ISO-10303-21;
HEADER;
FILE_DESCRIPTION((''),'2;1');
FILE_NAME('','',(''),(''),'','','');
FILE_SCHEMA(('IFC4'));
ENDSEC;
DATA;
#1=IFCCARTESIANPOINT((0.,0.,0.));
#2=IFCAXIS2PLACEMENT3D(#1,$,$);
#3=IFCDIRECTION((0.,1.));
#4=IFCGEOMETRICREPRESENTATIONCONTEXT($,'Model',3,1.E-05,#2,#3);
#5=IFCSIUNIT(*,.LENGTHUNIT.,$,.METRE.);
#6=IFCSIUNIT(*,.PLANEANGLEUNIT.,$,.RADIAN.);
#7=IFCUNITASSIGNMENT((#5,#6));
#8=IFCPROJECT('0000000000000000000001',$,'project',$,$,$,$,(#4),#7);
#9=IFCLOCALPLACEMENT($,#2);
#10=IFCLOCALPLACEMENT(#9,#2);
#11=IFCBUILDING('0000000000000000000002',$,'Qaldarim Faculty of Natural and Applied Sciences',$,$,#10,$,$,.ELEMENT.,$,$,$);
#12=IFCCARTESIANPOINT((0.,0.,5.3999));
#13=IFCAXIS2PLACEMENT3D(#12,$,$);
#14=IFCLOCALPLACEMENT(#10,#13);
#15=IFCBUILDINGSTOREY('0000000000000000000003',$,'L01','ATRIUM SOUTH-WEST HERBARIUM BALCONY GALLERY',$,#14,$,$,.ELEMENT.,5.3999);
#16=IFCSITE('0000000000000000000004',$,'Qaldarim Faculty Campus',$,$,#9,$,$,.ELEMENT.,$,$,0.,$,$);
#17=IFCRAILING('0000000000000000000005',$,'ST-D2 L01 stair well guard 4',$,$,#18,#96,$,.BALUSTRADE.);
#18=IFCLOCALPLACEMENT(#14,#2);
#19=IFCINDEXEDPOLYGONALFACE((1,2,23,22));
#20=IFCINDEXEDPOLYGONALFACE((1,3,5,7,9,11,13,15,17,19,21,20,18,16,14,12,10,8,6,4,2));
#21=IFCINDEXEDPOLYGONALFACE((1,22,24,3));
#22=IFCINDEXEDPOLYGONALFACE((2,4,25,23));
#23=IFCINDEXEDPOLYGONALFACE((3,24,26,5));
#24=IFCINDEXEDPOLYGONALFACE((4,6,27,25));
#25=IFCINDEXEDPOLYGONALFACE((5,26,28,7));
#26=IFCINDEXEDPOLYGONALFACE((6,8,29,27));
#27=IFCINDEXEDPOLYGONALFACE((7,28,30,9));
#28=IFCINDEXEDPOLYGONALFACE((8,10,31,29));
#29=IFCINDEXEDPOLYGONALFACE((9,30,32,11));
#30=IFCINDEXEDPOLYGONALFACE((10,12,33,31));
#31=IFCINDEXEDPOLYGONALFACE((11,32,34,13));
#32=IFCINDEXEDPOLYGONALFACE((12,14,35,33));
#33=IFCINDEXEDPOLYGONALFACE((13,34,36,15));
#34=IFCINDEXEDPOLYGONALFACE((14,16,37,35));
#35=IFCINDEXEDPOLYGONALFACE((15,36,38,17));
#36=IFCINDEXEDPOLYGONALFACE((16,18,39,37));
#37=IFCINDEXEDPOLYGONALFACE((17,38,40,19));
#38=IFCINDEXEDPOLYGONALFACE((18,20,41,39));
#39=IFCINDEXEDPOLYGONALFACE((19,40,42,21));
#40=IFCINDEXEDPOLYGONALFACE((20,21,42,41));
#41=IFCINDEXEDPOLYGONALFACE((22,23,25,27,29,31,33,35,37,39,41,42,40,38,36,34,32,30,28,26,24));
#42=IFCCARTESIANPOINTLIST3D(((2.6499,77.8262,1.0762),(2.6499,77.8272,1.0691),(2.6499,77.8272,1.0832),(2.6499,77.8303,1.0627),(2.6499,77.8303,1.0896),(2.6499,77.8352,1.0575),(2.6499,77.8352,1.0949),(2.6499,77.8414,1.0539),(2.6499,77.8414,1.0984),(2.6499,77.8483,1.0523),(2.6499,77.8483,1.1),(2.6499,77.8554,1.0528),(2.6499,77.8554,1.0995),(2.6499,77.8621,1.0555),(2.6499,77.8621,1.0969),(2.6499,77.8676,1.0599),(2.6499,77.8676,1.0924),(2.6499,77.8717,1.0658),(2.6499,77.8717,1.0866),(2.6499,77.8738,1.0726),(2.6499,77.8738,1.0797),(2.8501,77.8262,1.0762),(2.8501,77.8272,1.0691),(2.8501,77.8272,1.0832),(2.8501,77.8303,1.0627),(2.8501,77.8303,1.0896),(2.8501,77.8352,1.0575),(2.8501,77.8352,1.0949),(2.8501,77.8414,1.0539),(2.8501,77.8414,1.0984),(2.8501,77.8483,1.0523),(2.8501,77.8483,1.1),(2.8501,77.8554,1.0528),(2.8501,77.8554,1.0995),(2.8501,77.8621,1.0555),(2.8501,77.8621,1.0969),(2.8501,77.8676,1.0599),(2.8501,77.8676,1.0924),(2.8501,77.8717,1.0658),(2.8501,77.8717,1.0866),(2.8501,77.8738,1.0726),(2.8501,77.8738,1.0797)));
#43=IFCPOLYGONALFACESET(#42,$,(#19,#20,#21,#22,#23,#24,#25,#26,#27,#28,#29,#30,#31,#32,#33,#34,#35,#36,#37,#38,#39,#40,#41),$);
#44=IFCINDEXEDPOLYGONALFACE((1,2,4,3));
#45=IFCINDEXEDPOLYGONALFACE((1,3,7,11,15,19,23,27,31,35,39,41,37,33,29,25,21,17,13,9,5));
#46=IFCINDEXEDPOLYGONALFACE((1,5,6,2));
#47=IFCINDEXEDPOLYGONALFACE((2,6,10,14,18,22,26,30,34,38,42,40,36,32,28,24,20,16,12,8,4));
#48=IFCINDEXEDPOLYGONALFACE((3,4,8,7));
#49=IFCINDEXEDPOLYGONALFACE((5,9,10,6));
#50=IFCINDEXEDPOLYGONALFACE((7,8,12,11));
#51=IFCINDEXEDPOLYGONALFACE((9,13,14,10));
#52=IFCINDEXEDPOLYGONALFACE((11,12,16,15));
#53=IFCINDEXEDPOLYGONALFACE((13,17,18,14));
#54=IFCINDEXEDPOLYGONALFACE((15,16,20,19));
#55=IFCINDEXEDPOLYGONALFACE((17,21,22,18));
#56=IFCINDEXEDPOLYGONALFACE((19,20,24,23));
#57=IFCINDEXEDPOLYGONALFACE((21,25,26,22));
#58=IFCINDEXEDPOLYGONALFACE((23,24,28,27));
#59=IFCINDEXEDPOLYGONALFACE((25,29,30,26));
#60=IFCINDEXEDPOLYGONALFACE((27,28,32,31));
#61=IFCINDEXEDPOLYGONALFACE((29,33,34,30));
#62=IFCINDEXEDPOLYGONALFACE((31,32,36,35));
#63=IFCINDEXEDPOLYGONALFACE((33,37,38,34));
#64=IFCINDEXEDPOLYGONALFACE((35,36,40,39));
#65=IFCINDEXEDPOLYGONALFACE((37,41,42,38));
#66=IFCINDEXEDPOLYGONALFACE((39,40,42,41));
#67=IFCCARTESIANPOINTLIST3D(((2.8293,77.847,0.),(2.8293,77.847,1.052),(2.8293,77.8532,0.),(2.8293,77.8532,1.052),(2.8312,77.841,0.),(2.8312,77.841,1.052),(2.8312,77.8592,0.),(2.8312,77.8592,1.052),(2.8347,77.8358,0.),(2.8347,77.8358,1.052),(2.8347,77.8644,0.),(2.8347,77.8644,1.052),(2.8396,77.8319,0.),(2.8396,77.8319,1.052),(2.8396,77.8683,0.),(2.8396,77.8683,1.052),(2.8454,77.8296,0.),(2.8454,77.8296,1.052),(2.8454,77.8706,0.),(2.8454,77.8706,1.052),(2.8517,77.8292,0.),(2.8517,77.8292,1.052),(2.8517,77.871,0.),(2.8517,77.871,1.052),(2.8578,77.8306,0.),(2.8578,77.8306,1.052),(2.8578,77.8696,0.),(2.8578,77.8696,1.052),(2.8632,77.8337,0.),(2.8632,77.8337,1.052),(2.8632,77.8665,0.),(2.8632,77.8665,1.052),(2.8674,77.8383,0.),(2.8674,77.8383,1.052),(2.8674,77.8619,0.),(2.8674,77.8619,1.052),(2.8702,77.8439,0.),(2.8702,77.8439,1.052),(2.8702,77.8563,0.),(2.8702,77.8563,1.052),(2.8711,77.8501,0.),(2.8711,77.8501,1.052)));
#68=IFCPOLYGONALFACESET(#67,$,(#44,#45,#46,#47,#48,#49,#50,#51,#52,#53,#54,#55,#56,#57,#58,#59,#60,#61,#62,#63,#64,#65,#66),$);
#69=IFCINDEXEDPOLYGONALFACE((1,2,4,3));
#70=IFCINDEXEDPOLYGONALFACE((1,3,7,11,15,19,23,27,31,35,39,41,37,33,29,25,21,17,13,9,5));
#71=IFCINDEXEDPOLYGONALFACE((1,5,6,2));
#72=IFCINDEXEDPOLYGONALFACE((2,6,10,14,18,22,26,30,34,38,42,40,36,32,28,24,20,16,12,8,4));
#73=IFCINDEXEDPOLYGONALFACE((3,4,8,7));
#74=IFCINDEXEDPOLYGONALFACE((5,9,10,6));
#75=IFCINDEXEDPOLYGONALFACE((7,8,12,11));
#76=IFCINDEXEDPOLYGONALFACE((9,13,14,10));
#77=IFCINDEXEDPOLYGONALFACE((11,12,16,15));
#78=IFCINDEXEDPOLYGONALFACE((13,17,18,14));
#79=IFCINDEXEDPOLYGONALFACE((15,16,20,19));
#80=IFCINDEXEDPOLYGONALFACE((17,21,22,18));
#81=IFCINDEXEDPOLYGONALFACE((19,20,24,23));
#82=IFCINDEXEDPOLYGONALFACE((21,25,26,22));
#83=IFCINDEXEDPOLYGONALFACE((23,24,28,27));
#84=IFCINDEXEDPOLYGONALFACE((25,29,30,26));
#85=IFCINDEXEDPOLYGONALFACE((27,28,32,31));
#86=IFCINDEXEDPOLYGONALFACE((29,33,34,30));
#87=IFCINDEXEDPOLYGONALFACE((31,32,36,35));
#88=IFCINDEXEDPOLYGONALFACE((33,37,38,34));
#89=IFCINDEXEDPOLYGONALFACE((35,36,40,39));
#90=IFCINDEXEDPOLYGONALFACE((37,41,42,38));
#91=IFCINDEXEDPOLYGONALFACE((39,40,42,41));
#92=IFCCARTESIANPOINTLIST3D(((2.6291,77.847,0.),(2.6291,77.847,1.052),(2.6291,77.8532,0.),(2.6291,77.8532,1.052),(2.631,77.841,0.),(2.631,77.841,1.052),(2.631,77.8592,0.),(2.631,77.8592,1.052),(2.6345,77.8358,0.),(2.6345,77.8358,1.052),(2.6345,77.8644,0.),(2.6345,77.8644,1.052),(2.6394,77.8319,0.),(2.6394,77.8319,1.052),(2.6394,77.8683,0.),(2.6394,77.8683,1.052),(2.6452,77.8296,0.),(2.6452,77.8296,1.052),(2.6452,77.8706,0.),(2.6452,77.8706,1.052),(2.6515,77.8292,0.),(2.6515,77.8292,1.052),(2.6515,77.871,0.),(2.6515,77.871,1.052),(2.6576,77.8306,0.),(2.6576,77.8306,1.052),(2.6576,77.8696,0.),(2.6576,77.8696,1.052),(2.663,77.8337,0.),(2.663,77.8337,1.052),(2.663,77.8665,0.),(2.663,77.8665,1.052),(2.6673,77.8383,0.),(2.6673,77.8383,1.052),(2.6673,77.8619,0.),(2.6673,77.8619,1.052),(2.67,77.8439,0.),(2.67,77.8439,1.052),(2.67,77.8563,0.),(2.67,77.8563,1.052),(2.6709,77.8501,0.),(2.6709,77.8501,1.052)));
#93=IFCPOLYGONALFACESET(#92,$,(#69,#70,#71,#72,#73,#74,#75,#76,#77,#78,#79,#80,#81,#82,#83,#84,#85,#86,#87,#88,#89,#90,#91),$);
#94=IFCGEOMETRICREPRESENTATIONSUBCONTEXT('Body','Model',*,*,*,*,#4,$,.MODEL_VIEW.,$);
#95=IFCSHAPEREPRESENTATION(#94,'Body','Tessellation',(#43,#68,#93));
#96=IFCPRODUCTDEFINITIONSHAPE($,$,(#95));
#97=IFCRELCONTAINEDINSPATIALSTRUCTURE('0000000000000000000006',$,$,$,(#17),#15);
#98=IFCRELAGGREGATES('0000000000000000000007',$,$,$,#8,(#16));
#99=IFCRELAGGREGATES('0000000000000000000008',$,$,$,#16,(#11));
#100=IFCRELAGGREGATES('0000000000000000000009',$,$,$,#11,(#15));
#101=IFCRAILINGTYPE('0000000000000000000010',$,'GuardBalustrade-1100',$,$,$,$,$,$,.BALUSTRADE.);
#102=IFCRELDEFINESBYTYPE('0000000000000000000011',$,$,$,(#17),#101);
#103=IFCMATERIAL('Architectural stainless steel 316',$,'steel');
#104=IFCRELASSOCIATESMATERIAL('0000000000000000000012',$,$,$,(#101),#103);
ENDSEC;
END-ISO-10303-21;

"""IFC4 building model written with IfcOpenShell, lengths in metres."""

from ifc_helpers import new_model, si_unit, direction, frame, origin, origin_2d, place, context, subcontext, project, spatial, circle, extrude, material, type_object, element, save


model = new_model("IFC4")

# Units and contexts
model_context = context("Model", 3, precision=1e-05, world=origin(), true_north=direction((0.0, 1.0)))
body_context = subcontext(model_context, "Body", "Model", "MODEL_VIEW")
ifc_project = project(units=[si_unit("LENGTHUNIT", "METRE"), si_unit("PLANEANGLEUNIT", "RADIAN")], contexts=[model_context])

# Site, building, storey
site_placement = place(None, origin())
site = spatial("IfcSite", under=ifc_project, at=site_placement, Name="Qaldarim Faculty Campus", CompositionType="ELEMENT", RefElevation=0.0)
building_placement = place(site_placement, origin())
building = spatial("IfcBuilding", under=site, at=building_placement, Name="Qaldarim Faculty of Natural and Applied Sciences", CompositionType="ELEMENT")
storey_placement = place(building_placement, frame((0.0, 0.0, 5.3999)))
storey = spatial("IfcBuildingStorey", under=building, at=storey_placement, Name="L01", Description="ATRIUM SOUTH-WEST HERBARIUM BALCONY GALLERY", CompositionType="ELEMENT", Elevation=5.3999)

# Shared definitions
ifc_material_1 = material(Name="Architectural stainless steel 316", Category="steel")

# Railing
railing_type_1 = type_object("IfcRailingType", Name="GuardBalustrade-1100", PredefinedType="BALUSTRADE", material=ifc_material_1)
railing_1_placement = place(storey_placement, frame((2.8501, 77.8501, 0.0)))
element("IfcRailing", 1, at=railing_1_placement, inside=storey, type_object=railing_type_1, Name="ST-D2 L01 stair well guard 4", PredefinedType="BALUSTRADE", context=body_context, shape_type="SweptSolid", body=[
    extrude(circle(Radius=0.0239, at=origin_2d()), frame((0.0, 0.0, 1.0762), z_axis=(-1.0, 0.0, 0.0), x_axis=(0.0, -1.0, 0.0)), (0.0, 0.0, 1.0), 0.2002),
    extrude(circle(Radius=0.021, at=origin_2d()), origin(), (0.0, 0.0, 1.0), 1.052),
    extrude(circle(Radius=0.021, at=origin_2d()), frame((-0.2002, 0.0, 0.0)), (0.0, 0.0, 1.0), 1.052),
])

save(model, "model.ifc")
